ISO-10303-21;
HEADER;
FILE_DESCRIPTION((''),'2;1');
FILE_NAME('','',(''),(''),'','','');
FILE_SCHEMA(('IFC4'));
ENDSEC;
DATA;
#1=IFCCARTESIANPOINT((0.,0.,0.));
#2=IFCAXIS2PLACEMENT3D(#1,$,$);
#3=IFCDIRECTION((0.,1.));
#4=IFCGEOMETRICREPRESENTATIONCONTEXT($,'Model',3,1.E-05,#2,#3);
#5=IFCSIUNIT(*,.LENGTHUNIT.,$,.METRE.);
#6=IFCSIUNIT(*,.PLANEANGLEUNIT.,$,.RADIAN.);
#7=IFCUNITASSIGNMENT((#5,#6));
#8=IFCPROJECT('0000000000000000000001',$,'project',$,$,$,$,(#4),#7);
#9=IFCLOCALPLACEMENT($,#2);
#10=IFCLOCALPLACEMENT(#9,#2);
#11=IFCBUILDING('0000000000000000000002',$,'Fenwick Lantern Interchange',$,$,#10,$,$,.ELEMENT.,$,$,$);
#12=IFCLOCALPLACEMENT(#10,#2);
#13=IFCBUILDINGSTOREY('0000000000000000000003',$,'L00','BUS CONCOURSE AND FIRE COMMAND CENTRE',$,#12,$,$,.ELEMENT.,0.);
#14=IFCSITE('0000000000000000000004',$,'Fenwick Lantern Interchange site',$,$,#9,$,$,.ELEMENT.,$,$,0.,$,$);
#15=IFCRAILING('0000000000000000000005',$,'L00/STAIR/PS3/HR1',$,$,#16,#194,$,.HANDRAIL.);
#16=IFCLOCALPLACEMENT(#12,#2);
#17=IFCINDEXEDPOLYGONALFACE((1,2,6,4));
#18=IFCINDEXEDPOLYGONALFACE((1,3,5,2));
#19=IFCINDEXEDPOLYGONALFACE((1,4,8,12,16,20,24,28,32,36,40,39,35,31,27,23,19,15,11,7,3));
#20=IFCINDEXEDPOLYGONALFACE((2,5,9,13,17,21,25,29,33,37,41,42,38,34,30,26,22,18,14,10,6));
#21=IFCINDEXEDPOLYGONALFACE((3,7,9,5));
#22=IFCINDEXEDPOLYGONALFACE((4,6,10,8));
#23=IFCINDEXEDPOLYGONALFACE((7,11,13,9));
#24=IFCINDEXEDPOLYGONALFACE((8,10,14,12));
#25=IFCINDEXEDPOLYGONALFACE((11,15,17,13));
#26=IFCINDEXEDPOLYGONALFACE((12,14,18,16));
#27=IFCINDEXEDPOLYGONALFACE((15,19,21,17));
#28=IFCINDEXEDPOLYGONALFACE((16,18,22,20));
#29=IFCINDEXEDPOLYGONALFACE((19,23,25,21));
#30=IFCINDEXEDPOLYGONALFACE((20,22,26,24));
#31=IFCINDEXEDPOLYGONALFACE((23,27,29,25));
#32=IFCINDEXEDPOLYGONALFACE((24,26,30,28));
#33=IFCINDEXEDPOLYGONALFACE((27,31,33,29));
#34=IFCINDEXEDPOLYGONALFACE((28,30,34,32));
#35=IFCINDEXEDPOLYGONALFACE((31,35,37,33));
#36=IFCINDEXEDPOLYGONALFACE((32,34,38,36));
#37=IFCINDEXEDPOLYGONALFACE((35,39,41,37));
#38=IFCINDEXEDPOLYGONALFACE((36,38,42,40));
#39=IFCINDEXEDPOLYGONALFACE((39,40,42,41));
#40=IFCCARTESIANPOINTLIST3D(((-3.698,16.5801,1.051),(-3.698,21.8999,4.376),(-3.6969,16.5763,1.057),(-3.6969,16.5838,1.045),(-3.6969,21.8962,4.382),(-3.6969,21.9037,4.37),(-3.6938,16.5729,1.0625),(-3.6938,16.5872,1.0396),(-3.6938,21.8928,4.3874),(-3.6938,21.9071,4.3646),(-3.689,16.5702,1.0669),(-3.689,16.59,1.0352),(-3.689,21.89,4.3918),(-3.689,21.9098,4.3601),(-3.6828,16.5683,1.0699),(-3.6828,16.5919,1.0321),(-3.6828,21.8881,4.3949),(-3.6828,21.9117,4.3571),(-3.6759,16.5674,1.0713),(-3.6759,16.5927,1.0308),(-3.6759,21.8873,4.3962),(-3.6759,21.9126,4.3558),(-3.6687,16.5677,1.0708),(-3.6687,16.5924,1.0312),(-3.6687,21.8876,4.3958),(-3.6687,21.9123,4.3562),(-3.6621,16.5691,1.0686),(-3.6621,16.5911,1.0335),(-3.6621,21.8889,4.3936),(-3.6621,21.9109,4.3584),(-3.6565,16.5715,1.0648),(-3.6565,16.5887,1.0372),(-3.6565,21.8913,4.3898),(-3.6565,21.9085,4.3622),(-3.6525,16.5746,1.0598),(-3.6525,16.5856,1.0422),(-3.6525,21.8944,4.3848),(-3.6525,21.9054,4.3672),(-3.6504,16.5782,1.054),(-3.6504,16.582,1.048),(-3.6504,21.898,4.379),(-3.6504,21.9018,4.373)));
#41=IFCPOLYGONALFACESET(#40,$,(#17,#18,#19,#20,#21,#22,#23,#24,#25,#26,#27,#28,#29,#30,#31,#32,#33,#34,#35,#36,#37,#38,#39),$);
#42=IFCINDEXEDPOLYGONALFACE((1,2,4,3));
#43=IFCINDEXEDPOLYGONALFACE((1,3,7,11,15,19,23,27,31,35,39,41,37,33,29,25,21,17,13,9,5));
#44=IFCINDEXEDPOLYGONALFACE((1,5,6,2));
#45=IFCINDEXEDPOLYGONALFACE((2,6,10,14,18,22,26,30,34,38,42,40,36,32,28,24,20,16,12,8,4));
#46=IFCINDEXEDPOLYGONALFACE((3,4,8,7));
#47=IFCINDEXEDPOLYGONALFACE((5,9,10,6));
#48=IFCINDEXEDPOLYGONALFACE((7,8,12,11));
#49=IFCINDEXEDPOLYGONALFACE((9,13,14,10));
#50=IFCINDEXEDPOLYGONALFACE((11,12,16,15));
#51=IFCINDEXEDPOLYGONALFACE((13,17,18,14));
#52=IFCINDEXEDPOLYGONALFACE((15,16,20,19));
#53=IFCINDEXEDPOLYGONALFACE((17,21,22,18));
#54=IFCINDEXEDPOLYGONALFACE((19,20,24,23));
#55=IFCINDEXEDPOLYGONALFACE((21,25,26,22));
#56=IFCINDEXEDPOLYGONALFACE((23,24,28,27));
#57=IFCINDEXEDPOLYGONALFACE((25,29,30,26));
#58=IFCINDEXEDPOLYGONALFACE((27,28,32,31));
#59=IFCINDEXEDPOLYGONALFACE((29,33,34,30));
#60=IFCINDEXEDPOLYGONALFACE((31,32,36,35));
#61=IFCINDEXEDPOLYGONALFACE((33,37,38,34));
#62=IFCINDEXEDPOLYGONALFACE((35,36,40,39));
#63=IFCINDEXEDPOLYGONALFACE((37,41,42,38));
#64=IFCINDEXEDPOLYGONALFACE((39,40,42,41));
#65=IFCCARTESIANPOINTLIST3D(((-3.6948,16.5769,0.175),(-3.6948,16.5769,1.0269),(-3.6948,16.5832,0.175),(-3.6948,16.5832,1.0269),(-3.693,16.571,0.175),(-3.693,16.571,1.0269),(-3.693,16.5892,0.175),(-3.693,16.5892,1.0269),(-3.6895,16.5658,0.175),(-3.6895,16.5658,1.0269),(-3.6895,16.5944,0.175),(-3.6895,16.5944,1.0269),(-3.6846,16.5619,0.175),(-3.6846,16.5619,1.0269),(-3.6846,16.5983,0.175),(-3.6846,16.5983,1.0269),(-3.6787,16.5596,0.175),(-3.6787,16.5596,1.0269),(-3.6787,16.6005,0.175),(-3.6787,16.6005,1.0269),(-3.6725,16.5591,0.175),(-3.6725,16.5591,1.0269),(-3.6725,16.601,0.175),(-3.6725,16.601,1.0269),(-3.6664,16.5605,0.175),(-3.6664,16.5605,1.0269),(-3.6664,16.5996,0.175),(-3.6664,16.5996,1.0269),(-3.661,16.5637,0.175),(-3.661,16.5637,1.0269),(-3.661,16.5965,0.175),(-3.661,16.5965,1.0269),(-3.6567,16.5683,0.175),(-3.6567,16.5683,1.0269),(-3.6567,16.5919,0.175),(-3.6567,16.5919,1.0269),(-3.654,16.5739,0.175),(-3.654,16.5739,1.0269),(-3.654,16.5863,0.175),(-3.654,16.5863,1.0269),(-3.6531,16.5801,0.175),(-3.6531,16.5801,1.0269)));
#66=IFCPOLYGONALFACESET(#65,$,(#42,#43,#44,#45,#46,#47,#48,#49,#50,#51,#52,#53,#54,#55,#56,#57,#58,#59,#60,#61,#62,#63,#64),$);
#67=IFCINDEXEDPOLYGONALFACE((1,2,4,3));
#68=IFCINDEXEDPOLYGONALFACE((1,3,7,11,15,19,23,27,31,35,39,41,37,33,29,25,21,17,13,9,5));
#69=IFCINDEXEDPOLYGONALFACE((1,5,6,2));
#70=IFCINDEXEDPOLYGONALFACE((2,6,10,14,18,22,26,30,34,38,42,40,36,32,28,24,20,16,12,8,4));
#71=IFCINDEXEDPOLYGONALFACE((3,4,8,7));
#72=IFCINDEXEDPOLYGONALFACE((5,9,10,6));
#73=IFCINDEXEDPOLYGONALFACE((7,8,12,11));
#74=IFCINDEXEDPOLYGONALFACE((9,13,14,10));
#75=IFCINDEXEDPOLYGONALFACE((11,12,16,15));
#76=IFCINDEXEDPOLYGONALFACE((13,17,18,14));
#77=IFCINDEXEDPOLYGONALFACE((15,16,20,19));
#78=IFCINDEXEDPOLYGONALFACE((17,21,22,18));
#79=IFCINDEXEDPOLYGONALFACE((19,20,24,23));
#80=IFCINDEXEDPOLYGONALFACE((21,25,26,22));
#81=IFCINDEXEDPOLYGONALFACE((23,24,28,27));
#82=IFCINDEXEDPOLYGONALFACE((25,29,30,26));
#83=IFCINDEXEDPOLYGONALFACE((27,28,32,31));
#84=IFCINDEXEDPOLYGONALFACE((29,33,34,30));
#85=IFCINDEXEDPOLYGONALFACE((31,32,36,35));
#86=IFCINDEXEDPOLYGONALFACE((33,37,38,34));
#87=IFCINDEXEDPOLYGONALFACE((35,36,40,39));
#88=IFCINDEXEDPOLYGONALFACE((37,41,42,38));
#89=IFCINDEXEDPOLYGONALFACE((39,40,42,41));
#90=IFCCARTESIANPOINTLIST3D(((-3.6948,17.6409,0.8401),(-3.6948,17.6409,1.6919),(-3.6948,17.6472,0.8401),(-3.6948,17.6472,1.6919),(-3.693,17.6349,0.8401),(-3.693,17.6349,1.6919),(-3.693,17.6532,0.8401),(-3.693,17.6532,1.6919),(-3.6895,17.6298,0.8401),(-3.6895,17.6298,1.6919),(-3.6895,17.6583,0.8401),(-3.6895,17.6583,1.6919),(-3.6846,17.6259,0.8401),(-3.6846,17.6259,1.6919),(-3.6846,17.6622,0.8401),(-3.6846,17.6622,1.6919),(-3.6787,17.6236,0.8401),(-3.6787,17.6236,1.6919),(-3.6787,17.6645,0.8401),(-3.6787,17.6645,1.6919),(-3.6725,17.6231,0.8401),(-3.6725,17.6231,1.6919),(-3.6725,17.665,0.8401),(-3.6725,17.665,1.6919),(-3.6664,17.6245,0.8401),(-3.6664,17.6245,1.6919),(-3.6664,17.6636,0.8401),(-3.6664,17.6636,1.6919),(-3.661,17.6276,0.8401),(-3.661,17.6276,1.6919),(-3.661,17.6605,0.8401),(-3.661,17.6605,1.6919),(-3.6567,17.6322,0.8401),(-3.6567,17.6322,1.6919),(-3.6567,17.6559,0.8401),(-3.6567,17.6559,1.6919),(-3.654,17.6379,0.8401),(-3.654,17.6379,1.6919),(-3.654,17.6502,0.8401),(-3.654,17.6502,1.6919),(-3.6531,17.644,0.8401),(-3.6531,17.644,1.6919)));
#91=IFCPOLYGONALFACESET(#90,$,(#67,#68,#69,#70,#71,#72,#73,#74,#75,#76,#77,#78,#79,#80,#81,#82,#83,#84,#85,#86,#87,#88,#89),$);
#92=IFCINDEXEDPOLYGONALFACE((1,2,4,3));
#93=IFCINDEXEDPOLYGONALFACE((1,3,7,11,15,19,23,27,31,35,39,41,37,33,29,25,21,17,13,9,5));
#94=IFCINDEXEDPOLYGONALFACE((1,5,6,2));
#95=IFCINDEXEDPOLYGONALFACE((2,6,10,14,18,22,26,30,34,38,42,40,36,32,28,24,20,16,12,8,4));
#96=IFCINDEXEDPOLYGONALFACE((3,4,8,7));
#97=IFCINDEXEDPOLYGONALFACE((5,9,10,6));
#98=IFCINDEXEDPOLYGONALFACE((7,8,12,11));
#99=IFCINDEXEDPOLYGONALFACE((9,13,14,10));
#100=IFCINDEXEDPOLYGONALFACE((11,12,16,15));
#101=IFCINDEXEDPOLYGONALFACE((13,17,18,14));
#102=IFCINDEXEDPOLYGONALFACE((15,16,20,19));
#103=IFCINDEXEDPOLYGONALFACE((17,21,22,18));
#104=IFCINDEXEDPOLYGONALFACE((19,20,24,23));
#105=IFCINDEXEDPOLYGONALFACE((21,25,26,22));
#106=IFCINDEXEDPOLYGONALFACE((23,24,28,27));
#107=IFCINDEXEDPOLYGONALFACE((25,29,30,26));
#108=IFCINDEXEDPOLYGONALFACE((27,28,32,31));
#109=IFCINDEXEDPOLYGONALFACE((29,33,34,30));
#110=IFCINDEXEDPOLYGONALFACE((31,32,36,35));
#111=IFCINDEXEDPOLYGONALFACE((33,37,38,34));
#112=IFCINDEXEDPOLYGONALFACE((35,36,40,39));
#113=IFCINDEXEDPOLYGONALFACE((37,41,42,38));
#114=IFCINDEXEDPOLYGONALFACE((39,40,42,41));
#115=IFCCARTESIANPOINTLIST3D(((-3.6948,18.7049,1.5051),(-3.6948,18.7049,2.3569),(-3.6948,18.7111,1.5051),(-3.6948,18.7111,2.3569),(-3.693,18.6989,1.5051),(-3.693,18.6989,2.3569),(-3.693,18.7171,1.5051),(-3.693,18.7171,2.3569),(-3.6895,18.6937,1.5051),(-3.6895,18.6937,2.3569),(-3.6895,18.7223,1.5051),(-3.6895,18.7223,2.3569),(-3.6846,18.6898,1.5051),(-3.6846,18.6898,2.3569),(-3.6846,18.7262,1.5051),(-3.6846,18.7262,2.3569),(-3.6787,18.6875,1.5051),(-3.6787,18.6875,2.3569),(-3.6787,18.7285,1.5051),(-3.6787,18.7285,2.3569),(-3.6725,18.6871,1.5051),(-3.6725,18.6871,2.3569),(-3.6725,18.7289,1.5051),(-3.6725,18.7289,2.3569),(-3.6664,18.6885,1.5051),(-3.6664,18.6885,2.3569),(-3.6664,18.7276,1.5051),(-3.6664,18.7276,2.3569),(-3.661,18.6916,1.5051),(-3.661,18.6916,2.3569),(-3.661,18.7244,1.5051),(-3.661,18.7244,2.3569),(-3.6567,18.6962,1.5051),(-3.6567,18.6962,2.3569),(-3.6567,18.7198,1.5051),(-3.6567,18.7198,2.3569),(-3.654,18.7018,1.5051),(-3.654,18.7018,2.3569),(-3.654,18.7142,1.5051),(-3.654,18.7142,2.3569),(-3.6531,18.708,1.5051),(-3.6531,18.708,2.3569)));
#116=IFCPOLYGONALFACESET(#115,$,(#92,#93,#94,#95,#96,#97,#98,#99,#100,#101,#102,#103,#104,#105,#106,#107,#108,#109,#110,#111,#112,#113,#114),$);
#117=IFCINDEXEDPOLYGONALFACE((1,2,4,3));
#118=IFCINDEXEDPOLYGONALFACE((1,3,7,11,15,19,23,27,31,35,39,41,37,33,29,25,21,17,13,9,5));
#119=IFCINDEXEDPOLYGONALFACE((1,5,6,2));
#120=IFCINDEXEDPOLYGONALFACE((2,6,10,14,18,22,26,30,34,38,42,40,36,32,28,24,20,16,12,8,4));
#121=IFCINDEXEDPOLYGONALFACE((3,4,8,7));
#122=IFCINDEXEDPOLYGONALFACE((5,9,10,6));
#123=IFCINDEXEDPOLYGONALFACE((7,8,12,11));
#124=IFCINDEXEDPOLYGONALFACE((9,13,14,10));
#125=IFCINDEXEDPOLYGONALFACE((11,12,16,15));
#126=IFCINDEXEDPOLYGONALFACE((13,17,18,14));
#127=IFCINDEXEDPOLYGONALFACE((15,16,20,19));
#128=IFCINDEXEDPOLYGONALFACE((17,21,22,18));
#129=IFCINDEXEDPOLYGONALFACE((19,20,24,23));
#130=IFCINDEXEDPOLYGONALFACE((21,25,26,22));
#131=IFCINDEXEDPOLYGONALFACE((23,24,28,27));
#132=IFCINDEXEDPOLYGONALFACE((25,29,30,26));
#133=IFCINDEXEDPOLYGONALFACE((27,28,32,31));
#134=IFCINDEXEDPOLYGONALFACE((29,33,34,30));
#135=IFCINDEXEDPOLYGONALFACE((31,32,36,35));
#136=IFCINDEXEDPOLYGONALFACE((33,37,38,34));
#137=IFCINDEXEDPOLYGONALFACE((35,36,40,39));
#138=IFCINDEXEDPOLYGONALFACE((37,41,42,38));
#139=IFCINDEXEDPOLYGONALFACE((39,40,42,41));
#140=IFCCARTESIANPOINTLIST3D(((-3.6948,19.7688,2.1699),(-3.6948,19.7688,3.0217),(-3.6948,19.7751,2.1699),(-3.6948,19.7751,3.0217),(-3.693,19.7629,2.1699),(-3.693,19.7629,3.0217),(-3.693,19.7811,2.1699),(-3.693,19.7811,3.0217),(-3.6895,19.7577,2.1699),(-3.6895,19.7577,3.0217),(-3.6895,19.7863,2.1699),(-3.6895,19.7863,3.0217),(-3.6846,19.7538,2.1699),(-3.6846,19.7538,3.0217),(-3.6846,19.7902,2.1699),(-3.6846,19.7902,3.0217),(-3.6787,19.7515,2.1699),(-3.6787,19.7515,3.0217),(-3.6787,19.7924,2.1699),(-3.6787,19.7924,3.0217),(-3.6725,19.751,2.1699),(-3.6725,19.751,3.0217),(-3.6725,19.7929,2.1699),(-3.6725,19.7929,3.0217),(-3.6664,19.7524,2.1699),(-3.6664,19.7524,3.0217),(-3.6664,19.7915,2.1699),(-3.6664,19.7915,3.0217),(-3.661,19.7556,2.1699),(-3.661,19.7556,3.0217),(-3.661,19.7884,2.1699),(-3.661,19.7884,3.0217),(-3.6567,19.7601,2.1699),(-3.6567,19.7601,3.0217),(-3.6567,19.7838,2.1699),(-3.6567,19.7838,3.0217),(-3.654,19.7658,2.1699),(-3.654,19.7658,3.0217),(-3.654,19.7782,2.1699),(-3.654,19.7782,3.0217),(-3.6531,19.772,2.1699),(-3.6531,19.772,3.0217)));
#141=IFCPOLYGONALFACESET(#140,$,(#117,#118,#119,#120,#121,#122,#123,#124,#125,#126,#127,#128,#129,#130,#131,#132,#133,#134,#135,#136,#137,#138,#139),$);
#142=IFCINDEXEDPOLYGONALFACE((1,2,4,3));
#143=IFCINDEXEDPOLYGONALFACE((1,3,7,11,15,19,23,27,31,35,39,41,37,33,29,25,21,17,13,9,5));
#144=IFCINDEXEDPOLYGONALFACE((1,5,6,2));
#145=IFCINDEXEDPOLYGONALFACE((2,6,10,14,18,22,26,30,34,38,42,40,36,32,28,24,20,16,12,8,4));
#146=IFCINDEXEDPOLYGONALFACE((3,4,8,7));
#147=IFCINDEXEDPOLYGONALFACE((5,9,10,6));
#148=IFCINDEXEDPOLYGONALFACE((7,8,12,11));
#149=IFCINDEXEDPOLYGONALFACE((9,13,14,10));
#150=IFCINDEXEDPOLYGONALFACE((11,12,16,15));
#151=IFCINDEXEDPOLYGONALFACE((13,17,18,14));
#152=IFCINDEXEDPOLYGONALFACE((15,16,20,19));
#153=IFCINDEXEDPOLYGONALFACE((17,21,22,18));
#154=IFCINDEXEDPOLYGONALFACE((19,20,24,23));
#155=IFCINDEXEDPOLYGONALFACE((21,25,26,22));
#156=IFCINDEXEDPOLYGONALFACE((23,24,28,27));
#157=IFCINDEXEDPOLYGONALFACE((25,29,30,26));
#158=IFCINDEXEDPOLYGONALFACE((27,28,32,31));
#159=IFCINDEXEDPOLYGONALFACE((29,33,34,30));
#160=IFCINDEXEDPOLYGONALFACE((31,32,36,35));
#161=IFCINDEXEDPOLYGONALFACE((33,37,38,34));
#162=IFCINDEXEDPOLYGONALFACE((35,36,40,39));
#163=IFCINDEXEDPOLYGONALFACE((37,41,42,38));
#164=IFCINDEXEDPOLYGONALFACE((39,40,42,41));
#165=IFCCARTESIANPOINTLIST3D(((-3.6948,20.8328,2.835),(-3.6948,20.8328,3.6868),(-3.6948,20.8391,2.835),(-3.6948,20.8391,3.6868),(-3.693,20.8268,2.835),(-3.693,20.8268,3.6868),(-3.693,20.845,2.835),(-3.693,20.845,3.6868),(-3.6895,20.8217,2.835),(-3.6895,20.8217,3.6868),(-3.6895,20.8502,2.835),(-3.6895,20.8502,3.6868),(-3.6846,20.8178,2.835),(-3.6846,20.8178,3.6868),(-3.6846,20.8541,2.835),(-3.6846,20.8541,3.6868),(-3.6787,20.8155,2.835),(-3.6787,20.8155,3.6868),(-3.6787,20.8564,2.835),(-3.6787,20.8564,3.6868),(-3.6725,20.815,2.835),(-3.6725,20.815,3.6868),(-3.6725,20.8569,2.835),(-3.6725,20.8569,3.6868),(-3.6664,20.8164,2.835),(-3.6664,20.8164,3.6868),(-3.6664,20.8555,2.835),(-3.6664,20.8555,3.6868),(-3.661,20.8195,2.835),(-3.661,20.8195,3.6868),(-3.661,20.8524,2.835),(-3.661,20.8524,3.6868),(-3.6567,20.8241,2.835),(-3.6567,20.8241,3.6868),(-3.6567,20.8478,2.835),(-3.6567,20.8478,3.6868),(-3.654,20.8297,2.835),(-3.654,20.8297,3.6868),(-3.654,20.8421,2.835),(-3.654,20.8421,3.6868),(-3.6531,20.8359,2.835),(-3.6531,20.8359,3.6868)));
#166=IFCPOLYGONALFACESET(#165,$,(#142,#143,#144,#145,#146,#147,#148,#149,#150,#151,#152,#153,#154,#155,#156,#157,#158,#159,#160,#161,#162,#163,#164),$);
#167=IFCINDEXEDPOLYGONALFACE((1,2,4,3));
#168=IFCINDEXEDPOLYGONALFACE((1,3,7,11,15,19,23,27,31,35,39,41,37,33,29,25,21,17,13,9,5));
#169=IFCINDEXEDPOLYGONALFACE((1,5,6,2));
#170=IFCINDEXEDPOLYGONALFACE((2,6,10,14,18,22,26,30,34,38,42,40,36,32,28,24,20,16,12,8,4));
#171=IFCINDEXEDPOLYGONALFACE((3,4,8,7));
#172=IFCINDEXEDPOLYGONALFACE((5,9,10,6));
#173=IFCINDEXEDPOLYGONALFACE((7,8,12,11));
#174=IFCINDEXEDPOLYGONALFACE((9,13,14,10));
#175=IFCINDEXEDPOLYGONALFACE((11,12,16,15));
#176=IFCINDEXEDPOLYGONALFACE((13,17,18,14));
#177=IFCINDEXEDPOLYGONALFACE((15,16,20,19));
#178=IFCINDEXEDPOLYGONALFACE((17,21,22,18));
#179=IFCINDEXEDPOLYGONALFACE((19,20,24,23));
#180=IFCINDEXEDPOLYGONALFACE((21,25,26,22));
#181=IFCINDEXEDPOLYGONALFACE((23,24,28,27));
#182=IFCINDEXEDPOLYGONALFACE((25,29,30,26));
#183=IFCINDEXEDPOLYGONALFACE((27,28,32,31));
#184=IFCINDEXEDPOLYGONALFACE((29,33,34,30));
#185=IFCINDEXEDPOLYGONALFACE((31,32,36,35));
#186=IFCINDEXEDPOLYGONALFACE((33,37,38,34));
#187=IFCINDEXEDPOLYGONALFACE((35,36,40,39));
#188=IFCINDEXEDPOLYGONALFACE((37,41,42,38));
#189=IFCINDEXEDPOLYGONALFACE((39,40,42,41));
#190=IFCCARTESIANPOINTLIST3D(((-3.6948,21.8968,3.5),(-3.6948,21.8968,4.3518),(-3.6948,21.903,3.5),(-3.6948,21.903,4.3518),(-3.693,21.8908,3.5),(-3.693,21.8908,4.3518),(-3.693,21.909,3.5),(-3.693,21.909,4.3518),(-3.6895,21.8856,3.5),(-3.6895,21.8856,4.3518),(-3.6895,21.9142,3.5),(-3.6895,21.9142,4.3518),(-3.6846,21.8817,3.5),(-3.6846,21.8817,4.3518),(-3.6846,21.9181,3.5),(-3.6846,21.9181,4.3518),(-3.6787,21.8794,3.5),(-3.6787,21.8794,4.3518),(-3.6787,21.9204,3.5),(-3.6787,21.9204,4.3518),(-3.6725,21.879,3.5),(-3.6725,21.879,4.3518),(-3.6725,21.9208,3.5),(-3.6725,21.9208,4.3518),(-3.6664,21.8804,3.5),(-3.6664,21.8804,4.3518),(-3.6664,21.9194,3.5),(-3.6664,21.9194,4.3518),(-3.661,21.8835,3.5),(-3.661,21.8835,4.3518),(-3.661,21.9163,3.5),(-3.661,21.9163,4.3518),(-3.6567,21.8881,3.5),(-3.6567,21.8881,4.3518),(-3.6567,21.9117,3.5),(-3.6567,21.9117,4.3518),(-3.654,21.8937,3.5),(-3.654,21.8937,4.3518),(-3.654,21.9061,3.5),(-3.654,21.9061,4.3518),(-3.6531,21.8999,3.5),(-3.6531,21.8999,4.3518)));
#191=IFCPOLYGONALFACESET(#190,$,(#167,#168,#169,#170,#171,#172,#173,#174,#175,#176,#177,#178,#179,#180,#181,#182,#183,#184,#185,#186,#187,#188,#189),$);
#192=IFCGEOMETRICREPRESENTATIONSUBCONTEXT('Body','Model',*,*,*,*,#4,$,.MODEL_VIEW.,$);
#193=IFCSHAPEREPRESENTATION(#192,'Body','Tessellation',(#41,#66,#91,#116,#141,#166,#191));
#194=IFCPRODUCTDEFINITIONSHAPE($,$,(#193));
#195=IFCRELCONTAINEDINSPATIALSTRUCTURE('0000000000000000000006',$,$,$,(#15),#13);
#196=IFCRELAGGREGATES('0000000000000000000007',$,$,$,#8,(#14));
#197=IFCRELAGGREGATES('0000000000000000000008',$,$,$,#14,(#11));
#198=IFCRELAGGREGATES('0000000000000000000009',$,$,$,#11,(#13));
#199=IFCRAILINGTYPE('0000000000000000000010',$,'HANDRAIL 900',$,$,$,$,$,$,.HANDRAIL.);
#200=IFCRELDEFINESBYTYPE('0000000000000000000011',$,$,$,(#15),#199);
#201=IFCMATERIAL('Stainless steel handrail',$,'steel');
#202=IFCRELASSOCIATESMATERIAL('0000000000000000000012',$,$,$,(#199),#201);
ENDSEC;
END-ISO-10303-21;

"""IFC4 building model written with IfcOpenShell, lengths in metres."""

from ifc_helpers import new_model, si_unit, direction, frame, origin, origin_2d, place, context, subcontext, project, spatial, circle, extrude, material, type_object, element, save


model = new_model("IFC4")

# Units and contexts
model_context = context("Model", 3, precision=1e-05, world=origin(), true_north=direction((0.0, 1.0)))
body_context = subcontext(model_context, "Body", "Model", "MODEL_VIEW")
ifc_project = project(units=[si_unit("LENGTHUNIT", "METRE"), si_unit("PLANEANGLEUNIT", "RADIAN")], contexts=[model_context])

# Site, building, storey
site_placement = place(None, origin())
site = spatial("IfcSite", under=ifc_project, at=site_placement, Name="Fenwick Lantern Interchange site", CompositionType="ELEMENT", RefElevation=0.0)
building_placement = place(site_placement, origin())
building = spatial("IfcBuilding", under=site, at=building_placement, Name="Fenwick Lantern Interchange", CompositionType="ELEMENT")
storey_placement = place(building_placement, origin())
storey = spatial("IfcBuildingStorey", under=building, at=storey_placement, Name="L00", Description="BUS CONCOURSE AND FIRE COMMAND CENTRE", CompositionType="ELEMENT", Elevation=0.0)

# Railing
ifc_material_1 = material(Name="Stainless steel handrail", Category="steel")
railing_type = type_object("IfcRailingType", Name="HANDRAIL 900", PredefinedType="HANDRAIL", material=ifc_material_1)
railing_1_placement = place(storey_placement, frame((-3.6741, 16.5801, 0.175)))
element("IfcRailing", 1, at=railing_1_placement, inside=storey, type_object=railing_type, Name="L00/STAIR/PS3/HR1", PredefinedType="HANDRAIL", context=body_context, shape_type="SweptSolid", body=[
    extrude(circle(Radius=0.0239, at=origin_2d()), frame((0.0, 0.0, 0.876), z_axis=(0.0, 0.847994, 0.530006), x_axis=(-1.0, 0.0, 0.0)), (0.0, 0.0, 1.0), 6.2734),
    extrude(circle(Radius=0.021, at=origin_2d()), origin(), (0.0, 0.0, 1.0), 0.8518),
    extrude(circle(Radius=0.021, at=origin_2d()), frame((0.0, 1.064, 0.665)), (0.0, 0.0, 1.0), 0.8518),
    extrude(circle(Radius=0.021, at=origin_2d()), frame((0.0, 2.1279, 1.3301)), (0.0, 0.0, 1.0), 0.8518),
    extrude(circle(Radius=0.021, at=origin_2d()), frame((0.0, 3.1919, 1.9949)), (0.0, 0.0, 1.0), 0.8518),
    extrude(circle(Radius=0.021, at=origin_2d()), frame((0.0, 4.2559, 2.6599)), (0.0, 0.0, 1.0), 0.8518),
    extrude(circle(Radius=0.021, at=origin_2d()), frame((0.0, 5.3198, 3.325)), (0.0, 0.0, 1.0), 0.8518),
])

save(model, "model.ifc")
